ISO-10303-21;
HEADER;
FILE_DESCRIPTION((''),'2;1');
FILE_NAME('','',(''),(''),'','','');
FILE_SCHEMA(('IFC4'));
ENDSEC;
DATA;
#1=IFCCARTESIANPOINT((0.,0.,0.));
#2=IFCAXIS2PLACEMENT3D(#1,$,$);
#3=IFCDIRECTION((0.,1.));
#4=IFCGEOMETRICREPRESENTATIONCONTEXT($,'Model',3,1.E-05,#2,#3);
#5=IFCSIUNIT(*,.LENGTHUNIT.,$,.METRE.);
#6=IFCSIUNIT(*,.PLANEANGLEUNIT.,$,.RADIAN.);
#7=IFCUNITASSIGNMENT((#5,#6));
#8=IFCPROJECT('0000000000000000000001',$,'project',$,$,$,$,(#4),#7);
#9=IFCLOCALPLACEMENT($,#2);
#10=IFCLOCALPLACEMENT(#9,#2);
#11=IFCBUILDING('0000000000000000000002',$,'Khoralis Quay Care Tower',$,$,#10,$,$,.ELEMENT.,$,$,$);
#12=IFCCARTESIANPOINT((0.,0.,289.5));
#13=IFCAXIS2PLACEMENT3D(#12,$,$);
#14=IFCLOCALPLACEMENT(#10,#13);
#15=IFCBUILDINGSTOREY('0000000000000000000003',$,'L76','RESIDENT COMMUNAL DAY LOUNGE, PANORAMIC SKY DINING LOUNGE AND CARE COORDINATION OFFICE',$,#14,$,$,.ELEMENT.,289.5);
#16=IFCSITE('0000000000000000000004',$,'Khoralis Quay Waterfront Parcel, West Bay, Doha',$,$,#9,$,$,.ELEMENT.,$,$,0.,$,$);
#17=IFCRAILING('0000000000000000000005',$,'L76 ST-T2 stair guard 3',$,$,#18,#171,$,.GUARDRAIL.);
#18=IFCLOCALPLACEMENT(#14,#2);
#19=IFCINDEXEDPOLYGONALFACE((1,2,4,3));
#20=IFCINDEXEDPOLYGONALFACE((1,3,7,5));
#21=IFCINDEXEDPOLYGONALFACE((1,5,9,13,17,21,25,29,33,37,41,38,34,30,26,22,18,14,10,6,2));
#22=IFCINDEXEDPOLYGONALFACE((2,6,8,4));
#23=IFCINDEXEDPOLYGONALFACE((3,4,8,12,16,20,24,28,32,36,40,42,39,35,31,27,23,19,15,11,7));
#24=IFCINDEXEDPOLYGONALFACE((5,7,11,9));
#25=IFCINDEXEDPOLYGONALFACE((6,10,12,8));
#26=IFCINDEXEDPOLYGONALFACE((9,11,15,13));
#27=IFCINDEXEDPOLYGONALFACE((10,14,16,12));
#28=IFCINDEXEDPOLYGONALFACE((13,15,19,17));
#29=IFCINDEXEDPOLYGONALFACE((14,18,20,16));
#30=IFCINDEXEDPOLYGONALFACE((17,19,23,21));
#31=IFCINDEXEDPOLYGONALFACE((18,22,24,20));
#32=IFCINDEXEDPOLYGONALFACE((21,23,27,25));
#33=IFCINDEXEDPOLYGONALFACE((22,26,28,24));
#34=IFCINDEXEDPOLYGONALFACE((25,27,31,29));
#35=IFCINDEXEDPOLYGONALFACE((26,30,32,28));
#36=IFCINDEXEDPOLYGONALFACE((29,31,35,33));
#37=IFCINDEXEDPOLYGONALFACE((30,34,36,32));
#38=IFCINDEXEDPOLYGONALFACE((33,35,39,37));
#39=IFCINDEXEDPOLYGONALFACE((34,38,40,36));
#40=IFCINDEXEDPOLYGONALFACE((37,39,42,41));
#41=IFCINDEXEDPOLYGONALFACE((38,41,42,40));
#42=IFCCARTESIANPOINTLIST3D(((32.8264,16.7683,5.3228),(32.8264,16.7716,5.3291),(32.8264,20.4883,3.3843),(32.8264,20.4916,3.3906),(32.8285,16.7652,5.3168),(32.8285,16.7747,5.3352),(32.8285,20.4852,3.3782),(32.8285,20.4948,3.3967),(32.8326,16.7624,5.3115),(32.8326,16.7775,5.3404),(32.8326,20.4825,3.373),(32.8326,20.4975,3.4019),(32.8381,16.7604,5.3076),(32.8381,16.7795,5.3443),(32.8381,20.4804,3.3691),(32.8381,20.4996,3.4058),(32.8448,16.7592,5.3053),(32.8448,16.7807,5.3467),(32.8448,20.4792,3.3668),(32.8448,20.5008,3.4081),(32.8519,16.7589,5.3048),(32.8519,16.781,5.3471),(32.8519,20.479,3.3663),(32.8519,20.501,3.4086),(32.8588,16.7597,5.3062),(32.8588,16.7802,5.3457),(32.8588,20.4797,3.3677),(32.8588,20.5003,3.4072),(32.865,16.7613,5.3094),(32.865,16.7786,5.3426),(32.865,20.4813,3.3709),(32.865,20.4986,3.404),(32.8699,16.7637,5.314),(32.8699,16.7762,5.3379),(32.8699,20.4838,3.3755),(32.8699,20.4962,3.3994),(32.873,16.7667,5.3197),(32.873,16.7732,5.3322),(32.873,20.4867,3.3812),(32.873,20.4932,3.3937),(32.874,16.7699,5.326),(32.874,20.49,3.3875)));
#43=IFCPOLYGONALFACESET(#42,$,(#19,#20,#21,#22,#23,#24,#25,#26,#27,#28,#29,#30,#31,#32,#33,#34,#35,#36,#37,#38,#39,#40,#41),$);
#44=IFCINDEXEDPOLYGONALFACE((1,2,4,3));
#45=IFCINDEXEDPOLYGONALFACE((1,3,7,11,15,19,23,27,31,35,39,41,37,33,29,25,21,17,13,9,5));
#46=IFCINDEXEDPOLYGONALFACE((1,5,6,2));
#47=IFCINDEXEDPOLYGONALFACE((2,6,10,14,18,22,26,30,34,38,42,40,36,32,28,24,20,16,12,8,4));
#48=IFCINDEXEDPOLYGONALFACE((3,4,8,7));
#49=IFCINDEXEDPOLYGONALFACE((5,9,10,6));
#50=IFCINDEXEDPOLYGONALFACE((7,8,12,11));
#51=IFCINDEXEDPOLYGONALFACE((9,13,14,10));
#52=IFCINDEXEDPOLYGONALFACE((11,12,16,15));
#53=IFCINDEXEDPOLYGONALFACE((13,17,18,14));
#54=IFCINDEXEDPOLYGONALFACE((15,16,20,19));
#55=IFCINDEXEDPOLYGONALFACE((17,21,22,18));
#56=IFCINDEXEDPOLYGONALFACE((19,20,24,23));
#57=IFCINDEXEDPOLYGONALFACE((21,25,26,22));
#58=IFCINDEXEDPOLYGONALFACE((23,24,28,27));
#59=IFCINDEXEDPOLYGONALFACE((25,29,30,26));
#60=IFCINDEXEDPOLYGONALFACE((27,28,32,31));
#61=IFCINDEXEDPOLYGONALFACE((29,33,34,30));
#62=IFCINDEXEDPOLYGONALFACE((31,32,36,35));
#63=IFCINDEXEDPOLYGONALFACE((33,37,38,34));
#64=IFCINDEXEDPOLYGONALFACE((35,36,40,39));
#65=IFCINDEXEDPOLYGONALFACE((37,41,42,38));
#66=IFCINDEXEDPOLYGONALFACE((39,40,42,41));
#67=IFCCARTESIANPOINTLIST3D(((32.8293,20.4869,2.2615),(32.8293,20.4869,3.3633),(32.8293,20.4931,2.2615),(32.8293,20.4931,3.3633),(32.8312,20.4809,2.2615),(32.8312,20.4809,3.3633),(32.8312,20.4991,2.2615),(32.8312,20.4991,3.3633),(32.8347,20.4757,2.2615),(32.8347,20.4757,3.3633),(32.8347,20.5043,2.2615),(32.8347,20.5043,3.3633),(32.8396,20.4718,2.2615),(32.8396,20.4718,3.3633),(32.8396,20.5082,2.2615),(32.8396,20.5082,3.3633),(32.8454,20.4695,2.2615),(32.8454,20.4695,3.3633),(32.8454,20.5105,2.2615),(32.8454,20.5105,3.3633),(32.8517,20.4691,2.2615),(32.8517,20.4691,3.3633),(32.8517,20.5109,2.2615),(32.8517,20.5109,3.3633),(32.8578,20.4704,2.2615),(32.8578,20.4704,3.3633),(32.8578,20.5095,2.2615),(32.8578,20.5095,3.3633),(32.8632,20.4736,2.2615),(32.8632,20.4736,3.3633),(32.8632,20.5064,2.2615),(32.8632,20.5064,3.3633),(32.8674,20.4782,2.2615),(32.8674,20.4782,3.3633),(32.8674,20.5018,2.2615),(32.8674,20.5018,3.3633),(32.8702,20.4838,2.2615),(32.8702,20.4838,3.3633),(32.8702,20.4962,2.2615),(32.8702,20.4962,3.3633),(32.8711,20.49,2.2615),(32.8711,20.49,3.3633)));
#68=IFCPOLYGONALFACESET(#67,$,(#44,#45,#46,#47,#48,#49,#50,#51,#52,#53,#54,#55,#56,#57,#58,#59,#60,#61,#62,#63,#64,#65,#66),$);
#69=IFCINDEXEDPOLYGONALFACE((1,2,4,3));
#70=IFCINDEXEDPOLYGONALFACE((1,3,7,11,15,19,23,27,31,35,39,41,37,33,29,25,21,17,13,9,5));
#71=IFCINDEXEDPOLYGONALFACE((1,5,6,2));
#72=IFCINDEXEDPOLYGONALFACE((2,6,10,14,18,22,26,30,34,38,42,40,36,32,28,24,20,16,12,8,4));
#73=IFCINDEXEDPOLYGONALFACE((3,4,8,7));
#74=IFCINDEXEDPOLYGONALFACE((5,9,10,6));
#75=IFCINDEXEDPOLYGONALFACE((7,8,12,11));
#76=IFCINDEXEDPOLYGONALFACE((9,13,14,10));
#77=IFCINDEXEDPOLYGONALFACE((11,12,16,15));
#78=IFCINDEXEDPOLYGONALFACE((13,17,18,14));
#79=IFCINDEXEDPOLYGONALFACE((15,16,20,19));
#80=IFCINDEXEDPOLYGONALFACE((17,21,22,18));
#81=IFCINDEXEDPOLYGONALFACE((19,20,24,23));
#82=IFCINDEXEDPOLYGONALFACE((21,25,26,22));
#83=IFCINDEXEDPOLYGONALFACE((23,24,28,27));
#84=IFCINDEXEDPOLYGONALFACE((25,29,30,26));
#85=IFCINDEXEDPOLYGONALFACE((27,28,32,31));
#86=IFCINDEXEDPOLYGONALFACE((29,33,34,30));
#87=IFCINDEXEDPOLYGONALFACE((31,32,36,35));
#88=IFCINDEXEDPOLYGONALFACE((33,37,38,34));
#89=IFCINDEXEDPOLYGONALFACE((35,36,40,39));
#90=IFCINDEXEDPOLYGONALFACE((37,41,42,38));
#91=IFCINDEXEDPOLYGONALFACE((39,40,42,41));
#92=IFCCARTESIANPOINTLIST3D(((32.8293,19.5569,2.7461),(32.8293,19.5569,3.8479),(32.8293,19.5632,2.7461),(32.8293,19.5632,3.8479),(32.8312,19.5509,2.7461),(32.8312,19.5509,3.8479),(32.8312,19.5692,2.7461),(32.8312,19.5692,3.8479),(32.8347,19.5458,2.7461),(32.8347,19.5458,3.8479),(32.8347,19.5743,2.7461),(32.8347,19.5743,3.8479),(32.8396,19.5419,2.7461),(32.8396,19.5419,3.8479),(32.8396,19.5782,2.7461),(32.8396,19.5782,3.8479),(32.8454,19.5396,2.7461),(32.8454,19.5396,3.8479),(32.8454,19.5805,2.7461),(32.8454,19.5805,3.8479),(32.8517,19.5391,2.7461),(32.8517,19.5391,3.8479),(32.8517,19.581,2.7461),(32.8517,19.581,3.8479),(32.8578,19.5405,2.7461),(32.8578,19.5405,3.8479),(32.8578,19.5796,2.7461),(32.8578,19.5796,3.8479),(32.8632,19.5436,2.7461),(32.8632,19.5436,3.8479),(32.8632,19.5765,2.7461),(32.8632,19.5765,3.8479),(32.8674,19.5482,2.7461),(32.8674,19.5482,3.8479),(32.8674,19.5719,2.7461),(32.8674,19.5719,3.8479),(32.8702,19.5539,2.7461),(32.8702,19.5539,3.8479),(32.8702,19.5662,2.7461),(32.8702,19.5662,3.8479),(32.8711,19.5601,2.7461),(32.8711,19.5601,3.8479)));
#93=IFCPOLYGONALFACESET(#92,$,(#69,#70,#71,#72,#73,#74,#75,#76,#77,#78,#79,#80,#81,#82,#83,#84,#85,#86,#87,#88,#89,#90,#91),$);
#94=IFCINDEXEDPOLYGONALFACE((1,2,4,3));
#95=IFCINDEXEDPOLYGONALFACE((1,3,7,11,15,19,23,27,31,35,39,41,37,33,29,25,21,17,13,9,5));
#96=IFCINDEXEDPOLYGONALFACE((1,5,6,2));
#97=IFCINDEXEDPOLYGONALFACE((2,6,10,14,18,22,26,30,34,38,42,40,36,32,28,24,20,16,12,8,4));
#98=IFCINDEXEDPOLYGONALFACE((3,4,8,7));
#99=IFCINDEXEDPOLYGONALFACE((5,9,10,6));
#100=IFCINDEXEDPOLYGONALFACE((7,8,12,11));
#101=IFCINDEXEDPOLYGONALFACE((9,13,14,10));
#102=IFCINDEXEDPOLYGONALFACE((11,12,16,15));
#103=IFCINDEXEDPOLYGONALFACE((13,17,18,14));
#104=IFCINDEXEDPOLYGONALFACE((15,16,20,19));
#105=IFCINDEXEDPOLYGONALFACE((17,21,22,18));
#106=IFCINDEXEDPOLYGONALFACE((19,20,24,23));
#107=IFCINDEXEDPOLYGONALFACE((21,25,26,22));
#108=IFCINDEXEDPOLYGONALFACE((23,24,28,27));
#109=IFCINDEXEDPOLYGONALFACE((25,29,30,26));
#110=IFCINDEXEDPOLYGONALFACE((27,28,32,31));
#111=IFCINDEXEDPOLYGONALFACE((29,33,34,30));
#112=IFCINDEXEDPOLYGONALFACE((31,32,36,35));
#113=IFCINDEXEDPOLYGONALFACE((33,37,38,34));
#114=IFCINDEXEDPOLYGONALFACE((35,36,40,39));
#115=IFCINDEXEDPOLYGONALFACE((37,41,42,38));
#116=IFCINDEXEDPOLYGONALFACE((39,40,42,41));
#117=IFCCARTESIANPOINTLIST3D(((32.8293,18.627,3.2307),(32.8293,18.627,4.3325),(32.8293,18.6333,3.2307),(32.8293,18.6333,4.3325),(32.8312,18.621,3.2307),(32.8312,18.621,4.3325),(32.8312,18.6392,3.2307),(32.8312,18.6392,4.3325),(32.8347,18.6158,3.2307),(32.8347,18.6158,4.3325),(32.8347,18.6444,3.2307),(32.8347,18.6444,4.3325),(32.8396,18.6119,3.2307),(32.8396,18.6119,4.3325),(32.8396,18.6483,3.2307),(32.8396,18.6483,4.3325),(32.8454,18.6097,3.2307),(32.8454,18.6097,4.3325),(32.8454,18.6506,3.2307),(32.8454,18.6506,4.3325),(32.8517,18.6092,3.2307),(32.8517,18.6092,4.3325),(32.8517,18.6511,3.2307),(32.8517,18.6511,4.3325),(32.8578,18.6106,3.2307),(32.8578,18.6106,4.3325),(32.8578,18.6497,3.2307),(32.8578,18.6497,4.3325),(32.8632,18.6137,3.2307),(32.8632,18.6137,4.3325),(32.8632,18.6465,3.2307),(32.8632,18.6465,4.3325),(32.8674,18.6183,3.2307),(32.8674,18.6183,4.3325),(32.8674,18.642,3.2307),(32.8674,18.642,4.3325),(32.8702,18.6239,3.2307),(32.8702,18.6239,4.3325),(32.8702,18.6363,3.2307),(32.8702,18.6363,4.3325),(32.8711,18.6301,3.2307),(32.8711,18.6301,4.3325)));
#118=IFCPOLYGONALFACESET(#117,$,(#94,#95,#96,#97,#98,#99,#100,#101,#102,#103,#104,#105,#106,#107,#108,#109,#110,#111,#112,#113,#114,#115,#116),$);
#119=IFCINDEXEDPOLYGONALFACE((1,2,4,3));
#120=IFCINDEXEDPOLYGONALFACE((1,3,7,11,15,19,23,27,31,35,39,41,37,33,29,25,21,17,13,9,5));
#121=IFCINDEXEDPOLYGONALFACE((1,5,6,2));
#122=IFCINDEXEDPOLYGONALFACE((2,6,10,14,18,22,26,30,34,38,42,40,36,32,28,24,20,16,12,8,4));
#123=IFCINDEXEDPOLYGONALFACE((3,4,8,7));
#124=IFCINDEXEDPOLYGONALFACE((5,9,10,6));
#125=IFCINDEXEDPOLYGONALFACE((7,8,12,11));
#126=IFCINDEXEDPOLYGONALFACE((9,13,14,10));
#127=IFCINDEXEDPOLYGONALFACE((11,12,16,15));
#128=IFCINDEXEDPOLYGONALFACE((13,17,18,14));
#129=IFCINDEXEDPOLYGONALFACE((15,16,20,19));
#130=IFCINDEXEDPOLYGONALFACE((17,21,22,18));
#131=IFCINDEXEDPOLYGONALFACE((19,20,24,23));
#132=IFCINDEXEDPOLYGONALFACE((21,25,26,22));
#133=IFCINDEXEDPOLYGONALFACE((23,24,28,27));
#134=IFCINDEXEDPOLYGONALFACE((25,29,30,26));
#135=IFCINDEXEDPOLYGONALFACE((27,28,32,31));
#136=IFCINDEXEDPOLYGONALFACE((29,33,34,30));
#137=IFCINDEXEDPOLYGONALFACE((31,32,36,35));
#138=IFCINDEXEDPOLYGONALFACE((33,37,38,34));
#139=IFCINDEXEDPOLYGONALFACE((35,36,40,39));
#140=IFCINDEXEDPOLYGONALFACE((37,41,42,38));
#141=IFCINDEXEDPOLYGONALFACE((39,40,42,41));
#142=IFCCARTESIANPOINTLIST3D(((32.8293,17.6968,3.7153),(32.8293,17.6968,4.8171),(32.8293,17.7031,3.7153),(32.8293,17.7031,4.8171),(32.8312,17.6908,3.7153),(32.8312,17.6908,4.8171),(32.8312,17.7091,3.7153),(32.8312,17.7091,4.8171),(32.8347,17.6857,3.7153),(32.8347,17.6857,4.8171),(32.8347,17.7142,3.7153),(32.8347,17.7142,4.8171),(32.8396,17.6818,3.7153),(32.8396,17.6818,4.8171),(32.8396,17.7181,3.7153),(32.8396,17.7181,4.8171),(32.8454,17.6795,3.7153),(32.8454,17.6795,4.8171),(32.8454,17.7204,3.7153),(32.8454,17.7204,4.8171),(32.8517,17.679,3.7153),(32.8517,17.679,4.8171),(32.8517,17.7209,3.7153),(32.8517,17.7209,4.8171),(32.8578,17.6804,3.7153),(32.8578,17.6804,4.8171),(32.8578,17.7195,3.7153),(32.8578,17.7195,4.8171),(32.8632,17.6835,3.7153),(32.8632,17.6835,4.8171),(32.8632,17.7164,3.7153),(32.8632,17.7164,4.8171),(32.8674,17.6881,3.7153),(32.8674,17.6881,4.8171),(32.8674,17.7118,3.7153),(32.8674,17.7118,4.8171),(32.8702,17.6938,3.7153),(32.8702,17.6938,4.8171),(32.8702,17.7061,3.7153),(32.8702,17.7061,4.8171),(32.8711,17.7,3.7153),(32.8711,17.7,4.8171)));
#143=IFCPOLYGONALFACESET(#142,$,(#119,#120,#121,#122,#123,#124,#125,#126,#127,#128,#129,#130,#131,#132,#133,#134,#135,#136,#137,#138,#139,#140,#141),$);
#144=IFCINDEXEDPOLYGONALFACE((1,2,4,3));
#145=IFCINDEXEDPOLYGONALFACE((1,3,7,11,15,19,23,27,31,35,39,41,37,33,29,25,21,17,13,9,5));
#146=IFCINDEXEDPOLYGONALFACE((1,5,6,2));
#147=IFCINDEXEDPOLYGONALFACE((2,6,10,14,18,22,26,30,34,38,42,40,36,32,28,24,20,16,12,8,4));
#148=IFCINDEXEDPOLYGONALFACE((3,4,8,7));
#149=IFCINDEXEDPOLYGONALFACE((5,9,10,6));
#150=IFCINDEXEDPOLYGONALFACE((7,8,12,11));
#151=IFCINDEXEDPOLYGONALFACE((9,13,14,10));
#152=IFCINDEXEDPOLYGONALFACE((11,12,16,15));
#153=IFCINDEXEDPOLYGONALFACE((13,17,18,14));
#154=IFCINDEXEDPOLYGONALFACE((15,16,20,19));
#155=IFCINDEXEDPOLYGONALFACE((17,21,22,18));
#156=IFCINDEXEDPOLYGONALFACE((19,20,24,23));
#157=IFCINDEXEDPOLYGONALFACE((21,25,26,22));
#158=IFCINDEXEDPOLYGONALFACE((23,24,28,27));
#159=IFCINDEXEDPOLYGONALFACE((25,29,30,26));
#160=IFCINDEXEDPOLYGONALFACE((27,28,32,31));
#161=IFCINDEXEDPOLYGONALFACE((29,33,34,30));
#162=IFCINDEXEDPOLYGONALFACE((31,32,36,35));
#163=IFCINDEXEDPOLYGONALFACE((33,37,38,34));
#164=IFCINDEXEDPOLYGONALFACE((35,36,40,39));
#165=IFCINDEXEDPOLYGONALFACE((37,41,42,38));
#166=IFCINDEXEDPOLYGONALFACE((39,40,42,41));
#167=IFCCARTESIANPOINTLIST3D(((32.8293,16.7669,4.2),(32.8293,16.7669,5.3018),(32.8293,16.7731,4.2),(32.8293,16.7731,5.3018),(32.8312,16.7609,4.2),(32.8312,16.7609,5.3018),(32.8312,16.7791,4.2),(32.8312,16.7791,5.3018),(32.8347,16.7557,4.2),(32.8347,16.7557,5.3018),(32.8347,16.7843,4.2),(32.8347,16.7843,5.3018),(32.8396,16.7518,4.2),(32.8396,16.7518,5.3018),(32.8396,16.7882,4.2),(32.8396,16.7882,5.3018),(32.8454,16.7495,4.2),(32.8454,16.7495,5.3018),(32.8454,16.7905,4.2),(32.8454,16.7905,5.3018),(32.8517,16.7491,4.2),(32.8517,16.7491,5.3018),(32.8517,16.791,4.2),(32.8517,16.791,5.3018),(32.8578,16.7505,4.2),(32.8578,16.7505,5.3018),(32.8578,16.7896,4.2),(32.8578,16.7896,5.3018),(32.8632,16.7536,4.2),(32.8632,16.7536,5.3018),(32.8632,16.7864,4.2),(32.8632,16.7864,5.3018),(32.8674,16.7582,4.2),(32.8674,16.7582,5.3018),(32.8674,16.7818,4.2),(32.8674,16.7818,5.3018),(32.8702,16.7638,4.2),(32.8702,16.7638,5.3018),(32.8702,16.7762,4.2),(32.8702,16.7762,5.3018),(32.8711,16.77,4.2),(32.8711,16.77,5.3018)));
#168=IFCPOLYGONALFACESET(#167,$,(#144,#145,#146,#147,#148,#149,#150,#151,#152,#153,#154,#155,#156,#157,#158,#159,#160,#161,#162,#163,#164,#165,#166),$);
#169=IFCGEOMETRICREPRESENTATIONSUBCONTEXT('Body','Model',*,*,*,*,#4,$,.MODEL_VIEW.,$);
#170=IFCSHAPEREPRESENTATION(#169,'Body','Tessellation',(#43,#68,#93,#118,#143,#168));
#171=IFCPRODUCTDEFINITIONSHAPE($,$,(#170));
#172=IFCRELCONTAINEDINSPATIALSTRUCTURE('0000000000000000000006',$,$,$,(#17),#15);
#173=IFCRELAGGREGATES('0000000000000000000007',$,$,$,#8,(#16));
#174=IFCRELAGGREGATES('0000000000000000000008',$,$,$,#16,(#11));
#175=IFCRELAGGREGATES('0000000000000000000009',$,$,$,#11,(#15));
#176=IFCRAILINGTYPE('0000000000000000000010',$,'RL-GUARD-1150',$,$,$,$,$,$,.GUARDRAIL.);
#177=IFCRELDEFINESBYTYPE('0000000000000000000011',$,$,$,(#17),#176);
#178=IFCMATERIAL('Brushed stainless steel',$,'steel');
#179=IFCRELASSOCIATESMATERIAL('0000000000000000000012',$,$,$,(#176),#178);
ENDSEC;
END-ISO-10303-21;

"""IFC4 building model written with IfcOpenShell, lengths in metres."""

from ifc_helpers import new_model, si_unit, direction, frame, origin, origin_2d, place, context, subcontext, project, spatial, circle, extrude, material, type_object, element, save


model = new_model("IFC4")

# Units and contexts
model_context = context("Model", 3, precision=1e-05, world=origin(), true_north=direction((0.0, 1.0)))
body_context = subcontext(model_context, "Body", "Model", "MODEL_VIEW")
ifc_project = project(units=[si_unit("LENGTHUNIT", "METRE"), si_unit("PLANEANGLEUNIT", "RADIAN")], contexts=[model_context])

# Site, building, storey
site_placement = place(None, origin())
site = spatial("IfcSite", under=ifc_project, at=site_placement, Name="Khoralis Quay Waterfront Parcel, West Bay, Doha", CompositionType="ELEMENT", RefElevation=0.0)
building_placement = place(site_placement, origin())
building = spatial("IfcBuilding", under=site, at=building_placement, Name="Khoralis Quay Care Tower", CompositionType="ELEMENT")
storey_placement = place(building_placement, frame((0.0, 0.0, 289.5)))
storey = spatial("IfcBuildingStorey", under=building, at=storey_placement, Name="L76", Description="RESIDENT COMMUNAL DAY LOUNGE, PANORAMIC SKY DINING LOUNGE AND CARE COORDINATION OFFICE", CompositionType="ELEMENT", Elevation=289.5)

# Railing
ifc_material_1 = material(Name="Brushed stainless steel", Category="steel")
railing_type_1 = type_object("IfcRailingType", Name="RL-GUARD-1150", PredefinedType="GUARDRAIL", material=ifc_material_1)
railing_1_placement = place(storey_placement, frame((32.8501, 20.49, 2.2615)))
element("IfcRailing", 1, at=railing_1_placement, inside=storey, type_object=railing_type_1, Name="L76 ST-T2 stair guard 3", PredefinedType="GUARDRAIL", context=body_context, shape_type="SweptSolid", body=[
    extrude(circle(Radius=0.0239, at=origin_2d()), frame((0.0, 0.0, 1.126), z_axis=(0.0, -0.886817, 0.46212), x_axis=(1.0, 0.0, 0.0)), (0.0, 0.0, 1.0), 4.1948),
    extrude(circle(Radius=0.021, at=origin_2d()), origin(), (0.0, 0.0, 1.0), 1.1018),
    extrude(circle(Radius=0.021, at=origin_2d()), frame((0.0, -0.9299, 0.4846)), (0.0, 0.0, 1.0), 1.1018),
    extrude(circle(Radius=0.021, at=origin_2d()), frame((0.0, -1.8599, 0.9692)), (0.0, 0.0, 1.0), 1.1018),
    extrude(circle(Radius=0.021, at=origin_2d()), frame((0.0, -2.79, 1.4539)), (0.0, 0.0, 1.0), 1.1018),
    extrude(circle(Radius=0.021, at=origin_2d()), frame((0.0, -3.72, 1.9385)), (0.0, 0.0, 1.0), 1.1018),
])

save(model, "model.ifc")
